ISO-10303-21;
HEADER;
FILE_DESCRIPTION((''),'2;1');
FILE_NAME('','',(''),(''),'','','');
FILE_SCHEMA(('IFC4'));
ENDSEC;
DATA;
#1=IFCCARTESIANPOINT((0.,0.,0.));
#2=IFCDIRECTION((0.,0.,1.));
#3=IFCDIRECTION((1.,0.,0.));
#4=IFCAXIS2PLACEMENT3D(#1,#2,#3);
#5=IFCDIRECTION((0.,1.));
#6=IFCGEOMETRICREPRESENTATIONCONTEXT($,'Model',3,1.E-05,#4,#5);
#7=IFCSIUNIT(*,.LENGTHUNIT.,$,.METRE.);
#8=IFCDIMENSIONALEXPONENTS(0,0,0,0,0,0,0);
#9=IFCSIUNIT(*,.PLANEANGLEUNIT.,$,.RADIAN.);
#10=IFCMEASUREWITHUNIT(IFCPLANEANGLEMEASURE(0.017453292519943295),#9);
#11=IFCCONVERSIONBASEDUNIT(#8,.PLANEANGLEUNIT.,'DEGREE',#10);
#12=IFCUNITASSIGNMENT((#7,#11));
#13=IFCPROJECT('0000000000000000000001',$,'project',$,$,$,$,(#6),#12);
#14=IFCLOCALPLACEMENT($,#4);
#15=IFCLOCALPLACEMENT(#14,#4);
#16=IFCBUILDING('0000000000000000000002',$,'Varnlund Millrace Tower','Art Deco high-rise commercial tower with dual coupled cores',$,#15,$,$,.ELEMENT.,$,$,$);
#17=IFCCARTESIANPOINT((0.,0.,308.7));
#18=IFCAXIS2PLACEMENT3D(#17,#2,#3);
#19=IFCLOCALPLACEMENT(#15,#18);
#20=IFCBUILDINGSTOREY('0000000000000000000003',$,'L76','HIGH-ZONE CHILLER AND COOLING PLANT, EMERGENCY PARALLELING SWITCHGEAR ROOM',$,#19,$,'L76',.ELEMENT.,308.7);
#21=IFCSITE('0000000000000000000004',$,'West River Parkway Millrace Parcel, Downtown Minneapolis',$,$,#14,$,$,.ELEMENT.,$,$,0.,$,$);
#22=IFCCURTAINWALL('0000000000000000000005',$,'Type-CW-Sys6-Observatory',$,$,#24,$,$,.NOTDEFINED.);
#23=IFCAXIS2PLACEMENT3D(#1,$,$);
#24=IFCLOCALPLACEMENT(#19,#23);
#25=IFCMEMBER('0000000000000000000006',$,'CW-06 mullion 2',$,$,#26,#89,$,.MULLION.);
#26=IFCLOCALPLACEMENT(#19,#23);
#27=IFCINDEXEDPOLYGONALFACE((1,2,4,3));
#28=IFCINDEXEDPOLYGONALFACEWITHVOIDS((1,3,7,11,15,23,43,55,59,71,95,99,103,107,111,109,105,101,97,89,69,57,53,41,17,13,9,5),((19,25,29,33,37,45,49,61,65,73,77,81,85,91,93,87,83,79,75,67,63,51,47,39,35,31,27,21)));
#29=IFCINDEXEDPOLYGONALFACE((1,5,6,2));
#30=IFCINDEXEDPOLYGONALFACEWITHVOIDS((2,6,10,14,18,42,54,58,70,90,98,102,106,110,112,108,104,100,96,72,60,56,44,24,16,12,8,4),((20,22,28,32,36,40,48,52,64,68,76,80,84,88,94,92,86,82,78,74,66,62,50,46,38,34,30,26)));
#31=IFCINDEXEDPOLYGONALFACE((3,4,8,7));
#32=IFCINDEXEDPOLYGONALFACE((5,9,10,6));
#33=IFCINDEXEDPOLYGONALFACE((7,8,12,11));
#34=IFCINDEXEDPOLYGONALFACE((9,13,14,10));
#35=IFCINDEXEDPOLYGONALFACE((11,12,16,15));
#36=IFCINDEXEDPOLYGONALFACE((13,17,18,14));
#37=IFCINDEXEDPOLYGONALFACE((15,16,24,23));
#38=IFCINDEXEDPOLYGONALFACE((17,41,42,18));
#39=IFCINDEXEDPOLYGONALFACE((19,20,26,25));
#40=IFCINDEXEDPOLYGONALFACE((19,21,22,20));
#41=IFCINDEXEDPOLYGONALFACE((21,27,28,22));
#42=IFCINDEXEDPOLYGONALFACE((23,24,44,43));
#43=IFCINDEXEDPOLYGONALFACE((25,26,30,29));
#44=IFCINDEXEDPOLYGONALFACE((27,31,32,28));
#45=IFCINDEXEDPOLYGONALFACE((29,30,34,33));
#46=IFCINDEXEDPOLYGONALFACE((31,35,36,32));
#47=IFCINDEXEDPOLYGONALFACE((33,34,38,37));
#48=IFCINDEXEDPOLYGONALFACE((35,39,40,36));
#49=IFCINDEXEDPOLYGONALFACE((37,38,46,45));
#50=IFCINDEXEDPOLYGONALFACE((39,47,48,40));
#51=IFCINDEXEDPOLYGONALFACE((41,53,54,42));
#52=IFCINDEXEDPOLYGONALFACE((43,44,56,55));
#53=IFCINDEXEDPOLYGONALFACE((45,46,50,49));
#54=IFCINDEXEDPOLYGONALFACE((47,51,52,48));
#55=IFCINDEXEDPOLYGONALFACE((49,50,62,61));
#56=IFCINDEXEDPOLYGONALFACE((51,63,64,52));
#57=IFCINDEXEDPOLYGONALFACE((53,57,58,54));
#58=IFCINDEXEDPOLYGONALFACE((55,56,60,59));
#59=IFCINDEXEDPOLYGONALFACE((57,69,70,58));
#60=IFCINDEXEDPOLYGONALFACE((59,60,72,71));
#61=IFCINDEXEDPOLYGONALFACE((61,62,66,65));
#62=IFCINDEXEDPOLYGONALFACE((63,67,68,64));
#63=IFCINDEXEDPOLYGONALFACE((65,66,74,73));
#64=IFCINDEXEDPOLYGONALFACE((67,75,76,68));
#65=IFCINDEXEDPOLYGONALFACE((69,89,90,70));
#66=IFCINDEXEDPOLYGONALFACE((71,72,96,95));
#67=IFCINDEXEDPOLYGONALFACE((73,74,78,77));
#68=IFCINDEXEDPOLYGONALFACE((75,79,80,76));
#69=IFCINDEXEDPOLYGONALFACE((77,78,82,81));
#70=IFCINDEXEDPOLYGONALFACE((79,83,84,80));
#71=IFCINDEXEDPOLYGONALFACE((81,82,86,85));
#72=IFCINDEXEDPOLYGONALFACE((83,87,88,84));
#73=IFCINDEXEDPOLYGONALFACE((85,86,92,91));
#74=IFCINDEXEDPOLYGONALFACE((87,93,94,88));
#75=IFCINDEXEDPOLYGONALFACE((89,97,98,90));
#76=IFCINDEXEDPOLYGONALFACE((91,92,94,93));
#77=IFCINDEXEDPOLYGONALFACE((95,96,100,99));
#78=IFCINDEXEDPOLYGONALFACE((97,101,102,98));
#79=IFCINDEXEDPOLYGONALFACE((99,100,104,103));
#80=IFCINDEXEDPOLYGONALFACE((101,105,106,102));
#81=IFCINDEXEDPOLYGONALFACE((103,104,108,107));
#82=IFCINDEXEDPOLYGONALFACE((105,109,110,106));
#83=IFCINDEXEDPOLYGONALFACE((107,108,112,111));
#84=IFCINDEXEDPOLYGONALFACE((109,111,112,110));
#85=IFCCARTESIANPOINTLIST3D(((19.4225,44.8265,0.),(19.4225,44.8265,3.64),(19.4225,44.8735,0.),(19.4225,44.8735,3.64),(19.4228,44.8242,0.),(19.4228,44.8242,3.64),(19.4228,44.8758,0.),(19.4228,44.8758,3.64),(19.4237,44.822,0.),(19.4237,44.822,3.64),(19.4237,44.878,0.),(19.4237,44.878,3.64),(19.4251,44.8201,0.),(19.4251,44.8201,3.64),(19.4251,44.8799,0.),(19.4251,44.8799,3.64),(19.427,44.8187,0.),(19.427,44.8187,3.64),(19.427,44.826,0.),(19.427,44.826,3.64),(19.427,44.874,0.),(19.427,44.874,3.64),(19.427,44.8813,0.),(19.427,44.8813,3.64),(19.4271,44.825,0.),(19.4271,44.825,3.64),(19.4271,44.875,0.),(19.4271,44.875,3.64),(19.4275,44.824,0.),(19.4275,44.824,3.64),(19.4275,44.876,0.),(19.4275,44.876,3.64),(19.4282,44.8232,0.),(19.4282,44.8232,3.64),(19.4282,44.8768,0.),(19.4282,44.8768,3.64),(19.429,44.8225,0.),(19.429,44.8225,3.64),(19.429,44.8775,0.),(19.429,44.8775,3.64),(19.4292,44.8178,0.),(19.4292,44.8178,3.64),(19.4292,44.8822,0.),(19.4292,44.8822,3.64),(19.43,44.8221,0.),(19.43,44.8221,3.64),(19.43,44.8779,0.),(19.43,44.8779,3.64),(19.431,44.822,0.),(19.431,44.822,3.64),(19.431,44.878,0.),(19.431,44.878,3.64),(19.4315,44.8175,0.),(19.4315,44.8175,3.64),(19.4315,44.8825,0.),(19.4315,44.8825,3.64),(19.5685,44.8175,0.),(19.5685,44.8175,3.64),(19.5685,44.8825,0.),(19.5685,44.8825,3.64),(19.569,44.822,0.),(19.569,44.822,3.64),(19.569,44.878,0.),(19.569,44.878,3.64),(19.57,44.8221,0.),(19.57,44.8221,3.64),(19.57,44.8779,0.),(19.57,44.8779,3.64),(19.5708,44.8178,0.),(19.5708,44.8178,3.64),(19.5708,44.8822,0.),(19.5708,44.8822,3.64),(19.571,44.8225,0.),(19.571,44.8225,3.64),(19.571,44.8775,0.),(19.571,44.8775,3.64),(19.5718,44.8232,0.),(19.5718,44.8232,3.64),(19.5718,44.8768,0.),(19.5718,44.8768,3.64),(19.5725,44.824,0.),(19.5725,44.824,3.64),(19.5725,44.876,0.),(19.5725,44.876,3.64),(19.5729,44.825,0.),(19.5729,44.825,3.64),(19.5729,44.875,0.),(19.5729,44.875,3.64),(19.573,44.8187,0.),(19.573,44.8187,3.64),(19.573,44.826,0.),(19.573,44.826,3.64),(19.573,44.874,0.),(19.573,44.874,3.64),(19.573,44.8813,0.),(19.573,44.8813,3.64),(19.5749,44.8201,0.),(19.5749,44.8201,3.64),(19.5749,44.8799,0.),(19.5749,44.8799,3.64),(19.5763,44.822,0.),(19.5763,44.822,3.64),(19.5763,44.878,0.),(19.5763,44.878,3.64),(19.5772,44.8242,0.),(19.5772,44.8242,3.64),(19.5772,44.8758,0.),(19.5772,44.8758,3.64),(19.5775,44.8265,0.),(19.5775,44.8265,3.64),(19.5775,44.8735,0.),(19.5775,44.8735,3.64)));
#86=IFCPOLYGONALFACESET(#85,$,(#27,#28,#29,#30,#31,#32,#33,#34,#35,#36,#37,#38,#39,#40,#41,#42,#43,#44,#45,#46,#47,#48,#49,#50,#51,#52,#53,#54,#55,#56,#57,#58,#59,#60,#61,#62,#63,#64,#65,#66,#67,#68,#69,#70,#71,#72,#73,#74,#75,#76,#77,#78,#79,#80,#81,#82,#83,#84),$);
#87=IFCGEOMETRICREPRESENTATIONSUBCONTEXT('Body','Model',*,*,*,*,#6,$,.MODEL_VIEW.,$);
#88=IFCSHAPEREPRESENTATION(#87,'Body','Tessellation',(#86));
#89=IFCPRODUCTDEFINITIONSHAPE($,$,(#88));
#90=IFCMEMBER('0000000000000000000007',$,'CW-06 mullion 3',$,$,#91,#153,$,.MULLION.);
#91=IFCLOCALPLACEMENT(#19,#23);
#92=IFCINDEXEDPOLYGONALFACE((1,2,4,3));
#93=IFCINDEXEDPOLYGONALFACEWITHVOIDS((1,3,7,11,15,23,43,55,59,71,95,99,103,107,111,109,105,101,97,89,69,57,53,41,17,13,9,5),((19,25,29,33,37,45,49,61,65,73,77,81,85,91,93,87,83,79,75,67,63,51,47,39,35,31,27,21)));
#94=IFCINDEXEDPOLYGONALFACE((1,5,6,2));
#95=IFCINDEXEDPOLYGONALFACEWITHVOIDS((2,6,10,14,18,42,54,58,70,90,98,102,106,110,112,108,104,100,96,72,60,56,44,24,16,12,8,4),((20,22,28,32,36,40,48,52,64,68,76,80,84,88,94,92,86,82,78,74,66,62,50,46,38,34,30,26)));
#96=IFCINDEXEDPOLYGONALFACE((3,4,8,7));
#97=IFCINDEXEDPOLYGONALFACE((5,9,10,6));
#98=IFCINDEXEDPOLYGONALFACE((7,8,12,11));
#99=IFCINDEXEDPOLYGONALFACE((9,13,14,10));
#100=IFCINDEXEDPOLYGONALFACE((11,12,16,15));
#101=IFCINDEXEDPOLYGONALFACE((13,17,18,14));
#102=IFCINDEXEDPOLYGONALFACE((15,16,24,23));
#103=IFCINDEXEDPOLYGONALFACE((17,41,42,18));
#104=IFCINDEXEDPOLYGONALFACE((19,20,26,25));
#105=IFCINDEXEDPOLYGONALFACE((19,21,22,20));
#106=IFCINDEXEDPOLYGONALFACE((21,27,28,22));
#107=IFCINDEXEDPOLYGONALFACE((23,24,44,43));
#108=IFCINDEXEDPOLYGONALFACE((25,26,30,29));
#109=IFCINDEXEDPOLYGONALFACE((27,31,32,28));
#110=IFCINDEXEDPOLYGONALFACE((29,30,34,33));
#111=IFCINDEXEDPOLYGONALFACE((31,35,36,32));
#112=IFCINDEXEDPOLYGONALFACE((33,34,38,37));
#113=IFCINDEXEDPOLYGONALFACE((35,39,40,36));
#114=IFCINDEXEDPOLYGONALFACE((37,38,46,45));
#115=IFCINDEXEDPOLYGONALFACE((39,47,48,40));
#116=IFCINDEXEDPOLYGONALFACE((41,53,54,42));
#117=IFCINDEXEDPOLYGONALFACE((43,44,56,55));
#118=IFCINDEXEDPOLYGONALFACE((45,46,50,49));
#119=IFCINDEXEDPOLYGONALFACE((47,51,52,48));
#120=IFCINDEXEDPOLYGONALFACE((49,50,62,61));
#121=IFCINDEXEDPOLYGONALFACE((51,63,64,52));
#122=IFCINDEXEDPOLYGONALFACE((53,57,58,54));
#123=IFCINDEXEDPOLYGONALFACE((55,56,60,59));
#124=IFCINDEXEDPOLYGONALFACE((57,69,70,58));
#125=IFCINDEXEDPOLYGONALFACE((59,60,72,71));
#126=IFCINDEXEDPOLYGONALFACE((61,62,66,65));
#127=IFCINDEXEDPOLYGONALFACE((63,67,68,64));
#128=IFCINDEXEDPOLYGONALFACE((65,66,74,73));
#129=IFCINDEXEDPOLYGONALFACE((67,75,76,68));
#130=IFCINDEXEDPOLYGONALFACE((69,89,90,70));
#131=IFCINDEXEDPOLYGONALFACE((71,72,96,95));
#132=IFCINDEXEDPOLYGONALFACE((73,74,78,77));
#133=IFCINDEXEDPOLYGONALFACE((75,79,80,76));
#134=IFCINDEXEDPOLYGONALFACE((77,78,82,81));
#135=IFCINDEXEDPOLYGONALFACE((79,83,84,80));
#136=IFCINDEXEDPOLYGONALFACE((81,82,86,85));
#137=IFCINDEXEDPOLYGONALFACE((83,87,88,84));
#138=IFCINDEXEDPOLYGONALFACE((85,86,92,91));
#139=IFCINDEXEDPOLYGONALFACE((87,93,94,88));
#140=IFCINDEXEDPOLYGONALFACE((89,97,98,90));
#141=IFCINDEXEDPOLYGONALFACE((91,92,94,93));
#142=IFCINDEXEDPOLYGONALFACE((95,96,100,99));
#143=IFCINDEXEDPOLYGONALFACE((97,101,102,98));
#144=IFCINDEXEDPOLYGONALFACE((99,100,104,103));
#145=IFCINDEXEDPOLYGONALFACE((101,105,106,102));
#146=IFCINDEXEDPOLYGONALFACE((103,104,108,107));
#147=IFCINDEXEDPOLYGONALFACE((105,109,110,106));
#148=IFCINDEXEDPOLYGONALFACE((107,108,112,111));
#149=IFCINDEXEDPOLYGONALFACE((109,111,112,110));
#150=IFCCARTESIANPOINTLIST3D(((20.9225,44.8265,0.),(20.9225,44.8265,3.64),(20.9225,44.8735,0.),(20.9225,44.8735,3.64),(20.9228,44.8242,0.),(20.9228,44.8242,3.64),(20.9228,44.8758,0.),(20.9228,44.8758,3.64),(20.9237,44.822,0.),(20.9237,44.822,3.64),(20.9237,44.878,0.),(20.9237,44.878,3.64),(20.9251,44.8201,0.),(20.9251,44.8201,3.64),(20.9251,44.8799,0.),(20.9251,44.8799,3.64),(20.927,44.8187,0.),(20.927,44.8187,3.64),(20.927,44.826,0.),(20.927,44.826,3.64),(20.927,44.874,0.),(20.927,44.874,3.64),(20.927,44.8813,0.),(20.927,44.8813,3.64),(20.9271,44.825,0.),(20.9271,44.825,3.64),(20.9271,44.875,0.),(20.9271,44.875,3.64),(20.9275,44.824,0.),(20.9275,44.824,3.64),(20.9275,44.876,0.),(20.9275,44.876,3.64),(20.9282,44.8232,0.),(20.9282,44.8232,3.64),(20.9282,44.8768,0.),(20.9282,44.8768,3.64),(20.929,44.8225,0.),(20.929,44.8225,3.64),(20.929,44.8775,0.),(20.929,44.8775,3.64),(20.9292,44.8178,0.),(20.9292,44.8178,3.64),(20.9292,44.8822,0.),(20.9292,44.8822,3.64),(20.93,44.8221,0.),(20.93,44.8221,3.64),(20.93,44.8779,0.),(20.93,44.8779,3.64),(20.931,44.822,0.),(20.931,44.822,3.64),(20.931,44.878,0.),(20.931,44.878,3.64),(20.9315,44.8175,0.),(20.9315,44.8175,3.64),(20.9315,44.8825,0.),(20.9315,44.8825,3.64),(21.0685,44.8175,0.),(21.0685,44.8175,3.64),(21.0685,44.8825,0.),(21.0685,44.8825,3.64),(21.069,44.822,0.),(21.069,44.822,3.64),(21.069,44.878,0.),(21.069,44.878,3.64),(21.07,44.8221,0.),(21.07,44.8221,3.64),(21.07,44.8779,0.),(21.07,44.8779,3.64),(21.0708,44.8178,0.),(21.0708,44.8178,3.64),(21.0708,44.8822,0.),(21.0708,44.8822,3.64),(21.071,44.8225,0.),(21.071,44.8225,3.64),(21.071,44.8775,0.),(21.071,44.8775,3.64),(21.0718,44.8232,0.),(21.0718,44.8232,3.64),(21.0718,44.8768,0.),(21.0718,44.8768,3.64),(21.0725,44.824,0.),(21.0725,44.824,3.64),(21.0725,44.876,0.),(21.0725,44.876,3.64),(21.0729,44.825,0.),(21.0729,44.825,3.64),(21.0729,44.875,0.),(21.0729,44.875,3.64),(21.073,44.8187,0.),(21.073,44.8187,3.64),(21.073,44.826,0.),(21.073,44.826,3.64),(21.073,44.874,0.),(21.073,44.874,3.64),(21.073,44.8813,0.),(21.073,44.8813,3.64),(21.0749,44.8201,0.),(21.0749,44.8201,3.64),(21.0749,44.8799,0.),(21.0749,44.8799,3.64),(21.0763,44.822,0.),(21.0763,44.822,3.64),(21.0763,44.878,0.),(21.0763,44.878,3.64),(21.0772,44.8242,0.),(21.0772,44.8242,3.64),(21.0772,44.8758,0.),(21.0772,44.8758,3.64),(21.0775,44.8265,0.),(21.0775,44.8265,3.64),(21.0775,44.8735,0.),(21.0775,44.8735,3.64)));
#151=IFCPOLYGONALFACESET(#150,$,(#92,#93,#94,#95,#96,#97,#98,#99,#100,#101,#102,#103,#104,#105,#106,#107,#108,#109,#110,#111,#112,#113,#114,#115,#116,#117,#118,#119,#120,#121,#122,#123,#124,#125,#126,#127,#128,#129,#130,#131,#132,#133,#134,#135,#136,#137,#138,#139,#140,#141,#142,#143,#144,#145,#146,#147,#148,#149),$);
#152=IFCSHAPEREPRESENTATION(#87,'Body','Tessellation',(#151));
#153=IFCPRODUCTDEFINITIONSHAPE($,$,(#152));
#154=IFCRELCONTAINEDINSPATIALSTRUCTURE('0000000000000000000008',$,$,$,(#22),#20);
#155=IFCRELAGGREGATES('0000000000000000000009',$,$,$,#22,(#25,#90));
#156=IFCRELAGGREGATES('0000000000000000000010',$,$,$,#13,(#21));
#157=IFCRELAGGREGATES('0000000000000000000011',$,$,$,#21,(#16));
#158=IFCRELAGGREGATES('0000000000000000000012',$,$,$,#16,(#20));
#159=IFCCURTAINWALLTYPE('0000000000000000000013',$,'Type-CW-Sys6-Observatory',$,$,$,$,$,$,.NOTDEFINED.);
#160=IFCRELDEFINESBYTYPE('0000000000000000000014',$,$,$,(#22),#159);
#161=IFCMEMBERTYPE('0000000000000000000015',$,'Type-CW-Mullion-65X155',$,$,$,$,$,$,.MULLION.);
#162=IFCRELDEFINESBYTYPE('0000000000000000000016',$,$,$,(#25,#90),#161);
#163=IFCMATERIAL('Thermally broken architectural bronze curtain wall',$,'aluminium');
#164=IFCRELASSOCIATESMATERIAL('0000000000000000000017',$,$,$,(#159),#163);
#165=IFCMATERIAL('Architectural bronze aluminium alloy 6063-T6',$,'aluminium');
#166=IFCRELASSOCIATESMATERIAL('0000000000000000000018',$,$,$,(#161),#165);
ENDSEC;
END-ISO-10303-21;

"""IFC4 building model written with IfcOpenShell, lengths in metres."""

from ifc_helpers import new_model, entity, si_unit, converted_unit, direction, frame, origin_with_axes, origin_2d_with_axis, place, context, subcontext, project, spatial, hollow_rectangle, extrude, material, material_profile, profile_set, type_object, element, aggregate, save


model = new_model("IFC4")

# Units and contexts
model_context = context("Model", 3, precision=1e-05, world=origin_with_axes(), true_north=direction((0.0, 1.0)))
body_context = subcontext(model_context, "Body", "Model", "MODEL_VIEW")
ifc_project = project(units=[si_unit("LENGTHUNIT", "METRE"), converted_unit("PLANEANGLEUNIT", "DEGREE", entity("IfcPlaneAngleMeasure", 0.017453292519943295), si_unit("PLANEANGLEUNIT", "RADIAN"), dimensions=[0, 0, 0, 0, 0, 0, 0])], contexts=[model_context])

# Site, building, storey
site_placement = place(None, origin_with_axes())
site = spatial("IfcSite", under=ifc_project, at=site_placement, Name="West River Parkway Millrace Parcel, Downtown Minneapolis", CompositionType="ELEMENT", RefElevation=0.0)
building_placement = place(site_placement, origin_with_axes())
building = spatial("IfcBuilding", under=site, at=building_placement, Name="Varnlund Millrace Tower", Description="Art Deco high-rise commercial tower with dual coupled cores", CompositionType="ELEMENT")
storey_placement = place(building_placement, frame((0.0, 0.0, 308.7), z_axis=(0.0, 0.0, 1.0), x_axis=(1.0, 0.0, 0.0)))
storey = spatial("IfcBuildingStorey", under=building, at=storey_placement, Name="L76", Description="HIGH-ZONE CHILLER AND COOLING PLANT, EMERGENCY PARALLELING SWITCHGEAR ROOM", LongName="L76", CompositionType="ELEMENT", Elevation=308.7)

# Curtain wall, members
ifc_material_1 = material(Name="Thermally broken architectural bronze curtain wall", Category="aluminium")
curtain_wall_type = type_object("IfcCurtainWallType", Name="Type-CW-Sys6-Observatory", PredefinedType="NOTDEFINED", material=ifc_material_1)
ifc_material_2 = material(Name="Architectural bronze aluminium alloy 6063-T6", Category="aluminium")
ifc_material_profile_1 = material_profile(ifc_material_2, hollow_rectangle(XDim=0.065, YDim=0.155, WallThickness=0.0045, InnerFilletRadius=0.004, OuterFilletRadius=0.009, at=origin_2d_with_axis()), Name="Architectural bronze aluminium alloy 6063-T6")
ifc_profile_set_1 = profile_set([ifc_material_profile_1], Name="Architectural bronze aluminium alloy 6063-T6")
member_type = type_object("IfcMemberType", Name="Type-CW-Mullion-65X155", PredefinedType="MULLION", material=ifc_profile_set_1)
curtain_wall_1_placement = place(storey_placement, frame((18.0, 44.85, 0.0), z_axis=(0.0, 0.0, 1.0), x_axis=(1.0, 0.0, 0.0)))
curtain_wall_1 = element("IfcCurtainWall", 1, at=curtain_wall_1_placement, inside=storey, type_object=curtain_wall_type, Name="Type-CW-Sys6-Observatory", PredefinedType="NOTDEFINED")
member_1_placement = place(storey_placement, frame((19.5, 44.85, 0.0), z_axis=(0.0, 0.0, 1.0), x_axis=(0.0, 1.0, 0.0)))
member_1 = element("IfcMember", 2, at=member_1_placement, type_object=member_type, Name="CW-06 mullion 2", PredefinedType="MULLION", context=body_context, shape_type="SweptSolid", body=[
    extrude(hollow_rectangle(XDim=0.065, YDim=0.155, WallThickness=0.0045, InnerFilletRadius=0.004, OuterFilletRadius=0.009, at=origin_2d_with_axis()), origin_with_axes(), (0.0, 0.0, 1.0), 3.64),
])
member_2_placement = place(storey_placement, frame((21.0, 44.85, 0.0), z_axis=(0.0, 0.0, 1.0), x_axis=(0.0, 1.0, 0.0)))
member_2 = element("IfcMember", 3, at=member_2_placement, type_object=member_type, Name="CW-06 mullion 3", PredefinedType="MULLION", context=body_context, shape_type="SweptSolid", body=[
    extrude(hollow_rectangle(XDim=0.065, YDim=0.155, WallThickness=0.0045, InnerFilletRadius=0.004, OuterFilletRadius=0.009, at=origin_2d_with_axis()), origin_with_axes(), (0.0, 0.0, 1.0), 3.64),
])
aggregate(curtain_wall_1, [member_1, member_2])

save(model, "model.ifc")
